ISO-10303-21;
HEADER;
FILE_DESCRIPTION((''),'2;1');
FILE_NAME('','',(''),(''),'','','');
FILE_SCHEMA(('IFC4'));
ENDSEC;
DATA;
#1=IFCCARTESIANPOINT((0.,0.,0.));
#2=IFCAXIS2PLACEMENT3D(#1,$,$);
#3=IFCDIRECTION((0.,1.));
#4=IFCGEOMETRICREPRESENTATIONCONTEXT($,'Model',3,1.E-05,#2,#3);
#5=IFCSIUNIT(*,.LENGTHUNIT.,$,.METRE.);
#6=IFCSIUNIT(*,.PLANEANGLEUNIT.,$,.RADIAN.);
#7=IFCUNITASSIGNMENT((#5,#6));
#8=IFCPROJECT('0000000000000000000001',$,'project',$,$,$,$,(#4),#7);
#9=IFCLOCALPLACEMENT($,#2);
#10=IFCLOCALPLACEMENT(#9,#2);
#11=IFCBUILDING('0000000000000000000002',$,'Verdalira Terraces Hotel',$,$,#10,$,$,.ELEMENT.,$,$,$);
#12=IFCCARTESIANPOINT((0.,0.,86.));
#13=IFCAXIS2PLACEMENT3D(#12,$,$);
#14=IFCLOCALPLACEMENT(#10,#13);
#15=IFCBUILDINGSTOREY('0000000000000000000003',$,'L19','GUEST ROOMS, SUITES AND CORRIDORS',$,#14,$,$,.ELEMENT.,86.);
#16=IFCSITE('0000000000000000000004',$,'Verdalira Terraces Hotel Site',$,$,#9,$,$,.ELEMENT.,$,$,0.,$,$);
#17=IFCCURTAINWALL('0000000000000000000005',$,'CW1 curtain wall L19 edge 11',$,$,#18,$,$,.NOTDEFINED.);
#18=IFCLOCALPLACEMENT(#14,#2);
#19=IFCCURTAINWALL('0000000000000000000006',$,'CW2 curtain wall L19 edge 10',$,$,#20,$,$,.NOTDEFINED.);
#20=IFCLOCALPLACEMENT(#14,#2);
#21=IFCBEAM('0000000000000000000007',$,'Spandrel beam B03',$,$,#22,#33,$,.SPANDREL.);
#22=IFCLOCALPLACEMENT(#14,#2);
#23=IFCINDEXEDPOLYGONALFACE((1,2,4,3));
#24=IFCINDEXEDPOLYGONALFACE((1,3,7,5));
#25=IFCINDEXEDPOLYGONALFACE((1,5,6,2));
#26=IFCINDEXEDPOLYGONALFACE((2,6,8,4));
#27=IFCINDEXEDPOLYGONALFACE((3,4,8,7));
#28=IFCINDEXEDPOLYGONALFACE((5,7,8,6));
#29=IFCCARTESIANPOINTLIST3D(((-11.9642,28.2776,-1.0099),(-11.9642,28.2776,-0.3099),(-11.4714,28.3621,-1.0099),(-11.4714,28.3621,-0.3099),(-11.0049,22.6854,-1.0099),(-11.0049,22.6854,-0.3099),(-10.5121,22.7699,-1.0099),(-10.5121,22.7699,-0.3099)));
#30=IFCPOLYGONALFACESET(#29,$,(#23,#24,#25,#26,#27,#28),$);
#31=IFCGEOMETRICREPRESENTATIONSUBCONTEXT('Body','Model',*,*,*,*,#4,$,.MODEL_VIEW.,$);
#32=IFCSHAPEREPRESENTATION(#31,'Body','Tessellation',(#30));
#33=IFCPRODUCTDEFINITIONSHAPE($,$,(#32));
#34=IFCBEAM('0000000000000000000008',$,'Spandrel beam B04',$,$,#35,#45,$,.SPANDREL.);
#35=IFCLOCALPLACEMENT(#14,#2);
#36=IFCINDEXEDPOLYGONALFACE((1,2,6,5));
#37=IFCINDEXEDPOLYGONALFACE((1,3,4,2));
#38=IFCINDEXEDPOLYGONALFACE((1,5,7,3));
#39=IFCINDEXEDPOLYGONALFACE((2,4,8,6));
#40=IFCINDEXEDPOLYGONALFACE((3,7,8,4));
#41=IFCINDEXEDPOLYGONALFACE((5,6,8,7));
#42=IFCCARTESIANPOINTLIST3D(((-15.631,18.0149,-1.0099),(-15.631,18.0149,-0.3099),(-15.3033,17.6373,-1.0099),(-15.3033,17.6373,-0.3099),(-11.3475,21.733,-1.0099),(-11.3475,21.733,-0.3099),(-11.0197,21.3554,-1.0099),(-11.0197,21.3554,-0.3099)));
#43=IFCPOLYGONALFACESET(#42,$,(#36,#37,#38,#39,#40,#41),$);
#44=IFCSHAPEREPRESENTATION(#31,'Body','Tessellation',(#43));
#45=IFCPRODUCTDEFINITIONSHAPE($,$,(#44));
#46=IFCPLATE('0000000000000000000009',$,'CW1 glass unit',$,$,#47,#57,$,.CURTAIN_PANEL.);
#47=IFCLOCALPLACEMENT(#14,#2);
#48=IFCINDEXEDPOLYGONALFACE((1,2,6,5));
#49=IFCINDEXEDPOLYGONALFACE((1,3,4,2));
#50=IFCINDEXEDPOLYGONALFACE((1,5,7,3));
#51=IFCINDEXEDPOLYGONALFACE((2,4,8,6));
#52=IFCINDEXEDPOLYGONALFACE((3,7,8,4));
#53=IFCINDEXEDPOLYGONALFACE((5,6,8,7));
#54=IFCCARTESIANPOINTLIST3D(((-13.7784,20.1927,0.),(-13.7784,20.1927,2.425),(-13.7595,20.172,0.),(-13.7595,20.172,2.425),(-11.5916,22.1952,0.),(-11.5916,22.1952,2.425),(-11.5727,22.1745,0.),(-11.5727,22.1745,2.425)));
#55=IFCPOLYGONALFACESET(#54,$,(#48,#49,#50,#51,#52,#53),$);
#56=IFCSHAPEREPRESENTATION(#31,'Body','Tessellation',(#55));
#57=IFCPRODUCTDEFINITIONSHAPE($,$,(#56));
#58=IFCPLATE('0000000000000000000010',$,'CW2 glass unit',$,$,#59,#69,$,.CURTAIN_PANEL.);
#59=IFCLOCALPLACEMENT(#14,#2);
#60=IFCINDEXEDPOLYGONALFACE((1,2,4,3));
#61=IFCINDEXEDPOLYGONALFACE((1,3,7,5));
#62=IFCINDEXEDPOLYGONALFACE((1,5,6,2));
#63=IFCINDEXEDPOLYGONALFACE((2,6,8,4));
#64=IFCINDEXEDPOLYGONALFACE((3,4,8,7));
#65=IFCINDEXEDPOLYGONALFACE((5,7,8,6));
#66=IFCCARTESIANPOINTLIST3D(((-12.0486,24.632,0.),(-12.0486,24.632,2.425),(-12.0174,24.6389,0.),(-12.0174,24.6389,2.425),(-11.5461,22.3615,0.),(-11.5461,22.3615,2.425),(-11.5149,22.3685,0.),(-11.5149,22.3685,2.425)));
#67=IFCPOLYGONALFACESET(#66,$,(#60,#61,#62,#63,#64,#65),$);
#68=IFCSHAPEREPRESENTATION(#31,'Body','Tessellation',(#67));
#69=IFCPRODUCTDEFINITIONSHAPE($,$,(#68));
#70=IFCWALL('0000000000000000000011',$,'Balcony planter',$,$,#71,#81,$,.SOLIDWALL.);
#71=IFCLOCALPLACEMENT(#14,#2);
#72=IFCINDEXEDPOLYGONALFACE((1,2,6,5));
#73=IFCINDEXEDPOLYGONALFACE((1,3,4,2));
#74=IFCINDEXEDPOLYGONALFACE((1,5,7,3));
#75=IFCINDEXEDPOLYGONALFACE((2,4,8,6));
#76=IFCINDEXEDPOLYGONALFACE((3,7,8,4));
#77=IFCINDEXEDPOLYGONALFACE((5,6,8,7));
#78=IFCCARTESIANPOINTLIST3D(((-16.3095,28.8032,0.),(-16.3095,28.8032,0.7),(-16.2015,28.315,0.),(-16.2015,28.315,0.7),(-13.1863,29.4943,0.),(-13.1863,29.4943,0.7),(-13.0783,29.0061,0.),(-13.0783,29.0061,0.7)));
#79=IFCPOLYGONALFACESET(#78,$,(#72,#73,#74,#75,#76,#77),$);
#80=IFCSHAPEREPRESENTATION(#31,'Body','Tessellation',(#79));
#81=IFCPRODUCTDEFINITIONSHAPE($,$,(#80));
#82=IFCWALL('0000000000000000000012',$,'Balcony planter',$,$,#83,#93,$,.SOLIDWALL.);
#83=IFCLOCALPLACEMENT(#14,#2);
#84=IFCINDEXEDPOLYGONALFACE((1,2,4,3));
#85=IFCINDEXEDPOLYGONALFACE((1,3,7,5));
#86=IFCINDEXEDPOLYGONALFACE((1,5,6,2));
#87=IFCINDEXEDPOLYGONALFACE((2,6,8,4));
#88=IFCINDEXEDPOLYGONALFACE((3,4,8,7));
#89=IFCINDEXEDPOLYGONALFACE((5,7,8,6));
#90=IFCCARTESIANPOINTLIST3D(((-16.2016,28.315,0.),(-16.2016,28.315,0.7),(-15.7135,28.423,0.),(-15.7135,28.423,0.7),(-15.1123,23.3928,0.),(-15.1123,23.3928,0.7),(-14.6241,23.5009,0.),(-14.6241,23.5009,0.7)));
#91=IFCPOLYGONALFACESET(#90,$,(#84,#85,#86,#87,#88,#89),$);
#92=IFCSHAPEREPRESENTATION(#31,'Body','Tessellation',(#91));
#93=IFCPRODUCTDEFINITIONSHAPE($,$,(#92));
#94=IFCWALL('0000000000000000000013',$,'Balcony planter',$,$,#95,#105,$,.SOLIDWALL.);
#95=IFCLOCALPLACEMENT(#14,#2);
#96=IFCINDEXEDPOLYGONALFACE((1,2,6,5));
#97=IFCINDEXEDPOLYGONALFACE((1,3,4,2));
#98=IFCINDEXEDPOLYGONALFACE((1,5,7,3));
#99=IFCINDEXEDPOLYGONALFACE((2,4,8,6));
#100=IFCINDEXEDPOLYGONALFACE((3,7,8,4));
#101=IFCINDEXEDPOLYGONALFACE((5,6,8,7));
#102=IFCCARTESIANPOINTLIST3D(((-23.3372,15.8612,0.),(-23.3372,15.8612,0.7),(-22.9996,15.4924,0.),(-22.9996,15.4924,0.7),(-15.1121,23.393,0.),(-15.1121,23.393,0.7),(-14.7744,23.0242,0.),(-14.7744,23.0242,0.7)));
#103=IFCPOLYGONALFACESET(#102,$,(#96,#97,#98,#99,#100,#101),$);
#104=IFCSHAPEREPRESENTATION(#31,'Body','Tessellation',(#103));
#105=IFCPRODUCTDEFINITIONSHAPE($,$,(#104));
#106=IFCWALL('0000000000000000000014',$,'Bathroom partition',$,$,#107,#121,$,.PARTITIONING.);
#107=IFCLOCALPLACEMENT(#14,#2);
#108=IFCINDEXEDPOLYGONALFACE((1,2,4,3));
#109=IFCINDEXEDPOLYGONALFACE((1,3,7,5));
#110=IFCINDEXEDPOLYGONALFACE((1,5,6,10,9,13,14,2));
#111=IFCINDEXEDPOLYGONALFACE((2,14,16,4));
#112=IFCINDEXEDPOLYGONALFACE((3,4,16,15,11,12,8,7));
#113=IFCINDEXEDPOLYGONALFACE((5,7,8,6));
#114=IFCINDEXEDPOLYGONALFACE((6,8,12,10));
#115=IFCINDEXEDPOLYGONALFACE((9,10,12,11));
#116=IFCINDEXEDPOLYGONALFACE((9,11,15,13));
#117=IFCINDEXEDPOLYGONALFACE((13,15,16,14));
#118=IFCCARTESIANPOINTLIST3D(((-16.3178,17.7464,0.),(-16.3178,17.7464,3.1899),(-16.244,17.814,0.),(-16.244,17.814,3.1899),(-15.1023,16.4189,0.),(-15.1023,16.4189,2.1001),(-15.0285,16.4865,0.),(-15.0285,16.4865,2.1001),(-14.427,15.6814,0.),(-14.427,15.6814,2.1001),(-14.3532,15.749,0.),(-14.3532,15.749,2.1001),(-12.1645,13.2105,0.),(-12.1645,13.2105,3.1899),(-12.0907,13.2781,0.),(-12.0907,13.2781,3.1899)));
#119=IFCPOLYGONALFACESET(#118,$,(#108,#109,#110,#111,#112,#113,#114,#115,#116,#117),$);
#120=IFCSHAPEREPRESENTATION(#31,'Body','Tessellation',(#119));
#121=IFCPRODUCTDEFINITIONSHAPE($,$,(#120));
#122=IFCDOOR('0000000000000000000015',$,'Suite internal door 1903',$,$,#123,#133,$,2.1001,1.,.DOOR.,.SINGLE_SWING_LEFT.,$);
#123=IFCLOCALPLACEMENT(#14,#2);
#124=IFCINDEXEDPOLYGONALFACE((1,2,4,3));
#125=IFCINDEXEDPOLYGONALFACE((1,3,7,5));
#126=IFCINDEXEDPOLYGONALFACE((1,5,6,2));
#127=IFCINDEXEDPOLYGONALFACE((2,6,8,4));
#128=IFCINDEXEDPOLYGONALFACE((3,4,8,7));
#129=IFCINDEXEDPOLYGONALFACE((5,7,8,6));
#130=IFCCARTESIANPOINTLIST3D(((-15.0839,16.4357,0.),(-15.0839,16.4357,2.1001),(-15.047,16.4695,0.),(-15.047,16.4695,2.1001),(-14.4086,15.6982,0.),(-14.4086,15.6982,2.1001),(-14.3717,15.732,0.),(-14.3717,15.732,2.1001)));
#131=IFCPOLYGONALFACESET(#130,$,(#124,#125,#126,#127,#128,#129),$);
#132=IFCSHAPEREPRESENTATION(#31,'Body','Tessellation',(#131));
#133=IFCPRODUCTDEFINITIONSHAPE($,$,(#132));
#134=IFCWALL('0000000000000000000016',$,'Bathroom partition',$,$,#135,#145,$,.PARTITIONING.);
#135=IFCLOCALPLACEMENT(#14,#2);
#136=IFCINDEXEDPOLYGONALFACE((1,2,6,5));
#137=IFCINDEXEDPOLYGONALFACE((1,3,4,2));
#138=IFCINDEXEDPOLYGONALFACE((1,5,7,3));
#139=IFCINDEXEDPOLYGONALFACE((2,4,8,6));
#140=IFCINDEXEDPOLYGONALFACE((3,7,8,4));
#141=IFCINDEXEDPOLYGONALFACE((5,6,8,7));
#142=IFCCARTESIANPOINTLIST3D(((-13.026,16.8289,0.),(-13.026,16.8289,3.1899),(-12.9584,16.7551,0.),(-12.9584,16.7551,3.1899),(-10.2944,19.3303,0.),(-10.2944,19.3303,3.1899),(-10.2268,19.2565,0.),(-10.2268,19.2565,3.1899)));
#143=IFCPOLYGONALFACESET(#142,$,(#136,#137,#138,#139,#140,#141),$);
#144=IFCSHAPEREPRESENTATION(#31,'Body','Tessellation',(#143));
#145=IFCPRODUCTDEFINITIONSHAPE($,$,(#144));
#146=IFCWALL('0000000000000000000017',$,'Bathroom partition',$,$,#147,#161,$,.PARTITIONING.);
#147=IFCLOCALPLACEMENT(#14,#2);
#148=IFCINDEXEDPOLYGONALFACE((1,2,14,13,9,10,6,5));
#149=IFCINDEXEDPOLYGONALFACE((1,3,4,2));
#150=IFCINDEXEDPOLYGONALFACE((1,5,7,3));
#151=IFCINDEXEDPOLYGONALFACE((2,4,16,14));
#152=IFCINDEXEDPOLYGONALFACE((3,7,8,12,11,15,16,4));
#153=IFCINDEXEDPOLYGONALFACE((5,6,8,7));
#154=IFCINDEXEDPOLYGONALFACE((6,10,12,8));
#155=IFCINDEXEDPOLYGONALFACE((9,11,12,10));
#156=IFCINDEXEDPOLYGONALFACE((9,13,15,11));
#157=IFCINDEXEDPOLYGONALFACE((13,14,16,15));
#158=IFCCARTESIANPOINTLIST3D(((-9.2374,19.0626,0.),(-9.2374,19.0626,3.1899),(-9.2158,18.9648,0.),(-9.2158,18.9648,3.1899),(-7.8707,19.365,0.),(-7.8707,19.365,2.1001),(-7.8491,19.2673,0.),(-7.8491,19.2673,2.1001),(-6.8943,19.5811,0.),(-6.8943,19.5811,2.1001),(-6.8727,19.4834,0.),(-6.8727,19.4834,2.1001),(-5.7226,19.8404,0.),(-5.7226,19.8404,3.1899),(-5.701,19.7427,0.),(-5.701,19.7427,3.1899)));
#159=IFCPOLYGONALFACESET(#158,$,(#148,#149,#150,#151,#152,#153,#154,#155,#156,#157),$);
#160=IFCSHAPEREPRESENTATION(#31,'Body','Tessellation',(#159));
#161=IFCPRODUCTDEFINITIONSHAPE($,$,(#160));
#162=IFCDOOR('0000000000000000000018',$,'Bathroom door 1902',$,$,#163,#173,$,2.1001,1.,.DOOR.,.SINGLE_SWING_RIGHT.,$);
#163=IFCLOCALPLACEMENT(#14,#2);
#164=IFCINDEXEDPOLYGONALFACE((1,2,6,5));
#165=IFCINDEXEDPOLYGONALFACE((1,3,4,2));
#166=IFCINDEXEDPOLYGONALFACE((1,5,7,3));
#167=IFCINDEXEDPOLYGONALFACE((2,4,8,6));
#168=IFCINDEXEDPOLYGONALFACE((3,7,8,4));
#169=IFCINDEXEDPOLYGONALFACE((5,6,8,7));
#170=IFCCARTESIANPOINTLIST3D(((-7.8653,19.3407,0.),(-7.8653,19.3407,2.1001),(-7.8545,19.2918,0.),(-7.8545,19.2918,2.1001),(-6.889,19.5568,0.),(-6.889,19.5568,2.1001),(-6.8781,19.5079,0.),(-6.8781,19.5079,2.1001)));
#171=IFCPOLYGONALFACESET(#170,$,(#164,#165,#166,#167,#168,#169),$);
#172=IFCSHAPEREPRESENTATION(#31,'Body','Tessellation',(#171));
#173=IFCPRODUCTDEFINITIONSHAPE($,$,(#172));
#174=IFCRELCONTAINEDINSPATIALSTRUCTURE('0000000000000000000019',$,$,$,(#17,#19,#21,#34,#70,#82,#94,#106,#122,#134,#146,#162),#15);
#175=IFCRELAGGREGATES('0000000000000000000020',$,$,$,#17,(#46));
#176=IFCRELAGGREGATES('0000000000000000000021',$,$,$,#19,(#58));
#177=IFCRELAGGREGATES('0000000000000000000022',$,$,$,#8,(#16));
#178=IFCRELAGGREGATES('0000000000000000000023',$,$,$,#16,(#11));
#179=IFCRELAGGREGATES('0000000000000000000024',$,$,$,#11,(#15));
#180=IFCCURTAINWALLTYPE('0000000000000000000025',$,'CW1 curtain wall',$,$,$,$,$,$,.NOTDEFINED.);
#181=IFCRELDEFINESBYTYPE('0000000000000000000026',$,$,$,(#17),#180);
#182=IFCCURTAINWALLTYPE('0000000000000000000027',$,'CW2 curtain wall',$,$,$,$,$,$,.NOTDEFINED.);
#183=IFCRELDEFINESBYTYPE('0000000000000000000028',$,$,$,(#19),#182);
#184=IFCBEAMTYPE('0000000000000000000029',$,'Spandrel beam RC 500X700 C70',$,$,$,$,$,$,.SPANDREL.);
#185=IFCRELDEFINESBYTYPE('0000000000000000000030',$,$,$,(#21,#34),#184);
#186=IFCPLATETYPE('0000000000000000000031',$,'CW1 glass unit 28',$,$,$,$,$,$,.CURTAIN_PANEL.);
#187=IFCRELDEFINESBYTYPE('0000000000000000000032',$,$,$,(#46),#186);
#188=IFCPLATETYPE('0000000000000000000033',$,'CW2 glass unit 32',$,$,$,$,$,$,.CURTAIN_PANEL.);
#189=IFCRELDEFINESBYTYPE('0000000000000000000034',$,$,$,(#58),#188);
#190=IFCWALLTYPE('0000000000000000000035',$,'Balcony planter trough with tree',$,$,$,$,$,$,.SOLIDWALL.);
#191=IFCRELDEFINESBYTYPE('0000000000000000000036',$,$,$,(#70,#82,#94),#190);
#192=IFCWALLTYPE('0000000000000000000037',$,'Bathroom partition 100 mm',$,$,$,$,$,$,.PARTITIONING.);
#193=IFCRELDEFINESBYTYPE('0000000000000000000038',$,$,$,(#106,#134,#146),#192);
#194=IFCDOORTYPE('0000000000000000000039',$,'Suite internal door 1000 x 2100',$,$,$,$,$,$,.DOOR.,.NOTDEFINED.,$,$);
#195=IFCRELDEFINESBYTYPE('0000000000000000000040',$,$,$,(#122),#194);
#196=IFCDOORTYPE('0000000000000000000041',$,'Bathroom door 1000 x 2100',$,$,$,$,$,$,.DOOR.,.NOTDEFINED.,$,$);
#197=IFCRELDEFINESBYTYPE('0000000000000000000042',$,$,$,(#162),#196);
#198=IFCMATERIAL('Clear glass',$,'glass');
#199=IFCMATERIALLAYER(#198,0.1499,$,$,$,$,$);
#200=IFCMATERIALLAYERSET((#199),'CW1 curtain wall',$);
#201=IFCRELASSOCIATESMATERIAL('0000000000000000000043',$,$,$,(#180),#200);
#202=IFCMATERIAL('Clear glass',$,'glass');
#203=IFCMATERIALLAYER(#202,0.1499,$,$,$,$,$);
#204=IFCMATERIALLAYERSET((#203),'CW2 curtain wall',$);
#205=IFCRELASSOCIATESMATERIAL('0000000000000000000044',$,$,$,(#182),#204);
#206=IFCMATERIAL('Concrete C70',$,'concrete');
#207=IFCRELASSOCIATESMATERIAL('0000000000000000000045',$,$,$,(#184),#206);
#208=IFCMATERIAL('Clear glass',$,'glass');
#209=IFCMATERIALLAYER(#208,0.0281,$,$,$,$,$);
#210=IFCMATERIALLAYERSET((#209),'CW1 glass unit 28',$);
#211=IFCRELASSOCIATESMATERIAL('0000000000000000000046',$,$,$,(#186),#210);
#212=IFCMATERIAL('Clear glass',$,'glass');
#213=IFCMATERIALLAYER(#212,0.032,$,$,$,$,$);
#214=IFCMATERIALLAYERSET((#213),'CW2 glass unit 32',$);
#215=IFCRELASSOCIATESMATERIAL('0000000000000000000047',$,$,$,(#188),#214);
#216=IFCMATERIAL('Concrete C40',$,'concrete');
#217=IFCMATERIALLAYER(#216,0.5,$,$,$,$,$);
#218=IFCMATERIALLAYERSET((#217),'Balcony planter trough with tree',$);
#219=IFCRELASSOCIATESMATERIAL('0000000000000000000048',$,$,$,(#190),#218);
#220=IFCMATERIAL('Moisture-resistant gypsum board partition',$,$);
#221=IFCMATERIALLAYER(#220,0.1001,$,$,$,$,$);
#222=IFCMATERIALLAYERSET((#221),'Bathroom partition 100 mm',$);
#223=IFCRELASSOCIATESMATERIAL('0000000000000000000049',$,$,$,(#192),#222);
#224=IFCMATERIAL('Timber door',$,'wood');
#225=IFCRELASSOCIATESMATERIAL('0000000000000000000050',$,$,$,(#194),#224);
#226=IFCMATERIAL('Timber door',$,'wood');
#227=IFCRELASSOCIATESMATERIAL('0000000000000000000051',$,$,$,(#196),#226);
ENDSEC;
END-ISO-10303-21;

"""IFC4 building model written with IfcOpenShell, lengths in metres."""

from ifc_helpers import new_model, si_unit, direction, frame, frame_2d, origin, origin_2d, place, context, subcontext, project, spatial, rectangle, extrude, material, layer, layer_set, material_profile, profile_set, type_object, element, fill, aggregate, save


model = new_model("IFC4")

# Units and contexts
model_context = context("Model", 3, precision=1e-05, world=origin(), true_north=direction((0.0, 1.0)))
body_context = subcontext(model_context, "Body", "Model", "MODEL_VIEW")
ifc_project = project(units=[si_unit("LENGTHUNIT", "METRE"), si_unit("PLANEANGLEUNIT", "RADIAN")], contexts=[model_context])

# Site, building, storey
site_placement = place(None, origin())
site = spatial("IfcSite", under=ifc_project, at=site_placement, Name="Verdalira Terraces Hotel Site", CompositionType="ELEMENT", RefElevation=0.0)
building_placement = place(site_placement, origin())
building = spatial("IfcBuilding", under=site, at=building_placement, Name="Verdalira Terraces Hotel", CompositionType="ELEMENT")
storey_placement = place(building_placement, frame((0.0, 0.0, 86.0)))
storey = spatial("IfcBuildingStorey", under=building, at=storey_placement, Name="L19", Description="GUEST ROOMS, SUITES AND CORRIDORS", CompositionType="ELEMENT", Elevation=86.0)

# Curtain walls
ifc_material_1 = material(Name="Clear glass", Category="glass")
ifc_layer_1 = layer(ifc_material_1, 0.1499)
ifc_layer_set_1 = layer_set([ifc_layer_1], Name="CW1 curtain wall")
curtain_wall_type_1 = type_object("IfcCurtainWallType", Name="CW1 curtain wall", PredefinedType="NOTDEFINED", material=ifc_layer_set_1)
curtain_wall_1_placement = place(storey_placement, origin())
curtain_wall_1 = element("IfcCurtainWall", 1, at=curtain_wall_1_placement, inside=storey, type_object=curtain_wall_type_1, Name="CW1 curtain wall L19 edge 11", PredefinedType="NOTDEFINED")
ifc_material_2 = material(Name="Clear glass", Category="glass")
ifc_layer_2 = layer(ifc_material_2, 0.1499)
ifc_layer_set_2 = layer_set([ifc_layer_2], Name="CW2 curtain wall")
curtain_wall_type_2 = type_object("IfcCurtainWallType", Name="CW2 curtain wall", PredefinedType="NOTDEFINED", material=ifc_layer_set_2)
curtain_wall_2_placement = place(storey_placement, origin())
curtain_wall_2 = element("IfcCurtainWall", 2, at=curtain_wall_2_placement, inside=storey, type_object=curtain_wall_type_2, Name="CW2 curtain wall L19 edge 10", PredefinedType="NOTDEFINED")

# Beams
ifc_material_3 = material(Name="Concrete C70", Category="concrete")
ifc_material_profile_1 = material_profile(ifc_material_3, rectangle(XDim=0.5, YDim=0.7, at=origin_2d()), Name="RC 500X700")
ifc_profile_set_1 = profile_set([ifc_material_profile_1], Name="Concrete C70")
beam_type_1 = type_object("IfcBeamType", Name="Spandrel beam RC 500X700 C70", PredefinedType="SPANDREL", material=ifc_profile_set_1)
beam_1_placement = place(storey_placement, frame((-11.7178, 28.3198, -0.6599), z_axis=(0.169065, -0.985605, 0.0), x_axis=(0.985605, 0.169065, 0.0)))
element("IfcBeam", 3, at=beam_1_placement, inside=storey, type_object=beam_type_1, Name="Spandrel beam B03", PredefinedType="SPANDREL", context=body_context, shape_type="SweptSolid", body=[
    extrude(rectangle(XDim=0.5, YDim=0.7, at=origin_2d()), origin(), (0.0, 0.0, 1.0), 5.6738),
])
beam_2_placement = place(storey_placement, frame((-11.1836, 21.5442, -0.6599), z_axis=(-0.755192, -0.655504, 0.0), x_axis=(0.655504, -0.755192, 0.0)))
element("IfcBeam", 4, at=beam_2_placement, inside=storey, type_object=beam_type_1, Name="Spandrel beam B04", PredefinedType="SPANDREL", context=body_context, shape_type="SweptSolid", body=[
    extrude(rectangle(XDim=0.5, YDim=0.7, at=origin_2d()), origin(), (0.0, 0.0, 1.0), 5.6721),
])

# Plates
ifc_material_4 = material(Name="Clear glass", Category="glass")
ifc_layer_3 = layer(ifc_material_4, 0.0281)
ifc_layer_set_3 = layer_set([ifc_layer_3], Name="CW1 glass unit 28")
plate_type_1 = type_object("IfcPlateType", Name="CW1 glass unit 28", PredefinedType="CURTAIN_PANEL", material=ifc_layer_set_3)
plate_1_placement = place(storey_placement, frame((-12.6755, 21.1836, 0.0), z_axis=(0.0, 0.0, 1.0), x_axis=(-0.737513, -0.675333, 0.0)))
plate_1 = element("IfcPlate", 5, at=plate_1_placement, type_object=plate_type_1, Name="CW1 glass unit", PredefinedType="CURTAIN_PANEL", context=body_context, shape_type="SweptSolid", body=[
    extrude(rectangle(XDim=2.9651, YDim=0.0281, at=origin_2d()), origin(), (0.0, 0.0, 1.0), 2.425),
])
aggregate(curtain_wall_1, [plate_1])
ifc_material_5 = material(Name="Clear glass", Category="glass")
ifc_layer_4 = layer(ifc_material_5, 0.032)
ifc_layer_set_4 = layer_set([ifc_layer_4], Name="CW2 glass unit 32")
plate_type_2 = type_object("IfcPlateType", Name="CW2 glass unit 32", PredefinedType="CURTAIN_PANEL", material=ifc_layer_set_4)
plate_2_placement = place(storey_placement, frame((-11.7817, 23.5002, 0.0), z_axis=(0.0, 0.0, 1.0), x_axis=(0.216099, -0.976371, 0.0)))
plate_2 = element("IfcPlate", 6, at=plate_2_placement, type_object=plate_type_2, Name="CW2 glass unit", PredefinedType="CURTAIN_PANEL", context=body_context, shape_type="SweptSolid", body=[
    extrude(rectangle(XDim=2.3254, YDim=0.032, at=origin_2d()), origin(), (0.0, 0.0, 1.0), 2.425),
])
aggregate(curtain_wall_2, [plate_2])

# Walls
ifc_material_6 = material(Name="Concrete C40", Category="concrete")
ifc_layer_5 = layer(ifc_material_6, 0.5)
ifc_layer_set_5 = layer_set([ifc_layer_5], Name="Balcony planter trough with tree")
wall_type_1 = type_object("IfcWallType", Name="Balcony planter trough with tree", PredefinedType="SOLIDWALL", material=ifc_layer_set_5)
wall_1_placement = place(storey_placement, frame((-13.1323, 29.2502, 0.0), z_axis=(0.0, 0.0, 1.0), x_axis=(-0.976379, -0.216066, 0.0)))
element("IfcWall", 7, at=wall_1_placement, inside=storey, type_object=wall_type_1, Name="Balcony planter", PredefinedType="SOLIDWALL", context=body_context, shape_type="SweptSolid", body=[
    extrude(rectangle(XDim=3.1987, YDim=0.5, at=frame_2d((1.5994, 0.0))), origin(), (0.0, 0.0, 1.0), 0.7),
])
wall_2_placement = place(storey_placement, frame((-15.9575, 28.3689, 0.0), z_axis=(0.0, 0.0, 1.0), x_axis=(0.216089, -0.976374, 0.0)))
element("IfcWall", 8, at=wall_2_placement, inside=storey, type_object=wall_type_1, Name="Balcony planter", PredefinedType="SOLIDWALL", context=body_context, shape_type="SweptSolid", body=[
    extrude(rectangle(XDim=5.0413, YDim=0.5, at=frame_2d((2.5205, 0.0))), origin(), (0.0, 0.0, 1.0), 0.7),
])
wall_3_placement = place(storey_placement, frame((-14.9434, 23.2085, 0.0), z_axis=(0.0, 0.0, 1.0), x_axis=(-0.737508, -0.675338, 0.0)))
element("IfcWall", 9, at=wall_3_placement, inside=storey, type_object=wall_type_1, Name="Balcony planter", PredefinedType="SOLIDWALL", context=body_context, shape_type="SweptSolid", body=[
    extrude(rectangle(XDim=11.1526, YDim=0.5, at=frame_2d((5.5762, 0.0))), origin(), (0.0, 0.0, 1.0), 0.7),
])

# Wall, opening, door
ifc_material_7 = material(Name="Moisture-resistant gypsum board partition")
ifc_layer_6 = layer(ifc_material_7, 0.1001)
ifc_layer_set_6 = layer_set([ifc_layer_6], Name="Bathroom partition 100 mm")
wall_type_2 = type_object("IfcWallType", Name="Bathroom partition 100 mm", PredefinedType="PARTITIONING", material=ifc_layer_set_6)
wall_4_placement = place(storey_placement, frame((-16.281, 17.7803, 0.0), z_axis=(0.0, 0.0, 1.0), x_axis=(0.67532, -0.737525, 0.0)))
wall_4 = element("IfcWall", 10, at=wall_4_placement, inside=storey, type_object=wall_type_2, Name="Bathroom partition", PredefinedType="PARTITIONING", context=body_context, shape_type="SweptSolid", body=[
    extrude(rectangle(XDim=6.1501, YDim=0.1001, at=frame_2d((3.0752, 0.0))), origin(), (0.0, 0.0, 1.0), 3.1899),
])
opening_1_placement = place(wall_4_placement, frame((1.8, 0.0, 0.0)))
opening_1 = element("IfcOpeningElement", 11, at=opening_1_placement, cuts=wall_4, PredefinedType="OPENING", context=body_context, shape_type="SweptSolid", body=[
    extrude(rectangle(XDim=1.0, YDim=2.1001, at=frame_2d((0.5, 1.05))), frame((0.0, 0.0601, 0.0), z_axis=(0.0, -1.0, 0.0), x_axis=(1.0, 0.0, 0.0)), (0.0, 0.0, 1.0), 0.1201),
])
ifc_material_8 = material(Name="Timber door", Category="wood")
door_type_1 = type_object("IfcDoorType", Name="Suite internal door 1000 x 2100", OperationType="NOTDEFINED", PredefinedType="DOOR", material=ifc_material_8)
door_1_placement = place(opening_1_placement, origin())
door_1 = element("IfcDoor", 12, at=door_1_placement, inside=storey, type_object=door_type_1, Name="Suite internal door 1903", OperationType="SINGLE_SWING_LEFT", OverallHeight=2.1001, OverallWidth=1.0, PredefinedType="DOOR", context=body_context, shape_type="SweptSolid", body=[
    extrude(rectangle(XDim=1.0, YDim=2.1001, at=frame_2d((0.5, 1.05))), frame((0.0, 0.0249, 0.0), z_axis=(0.0, -1.0, 0.0), x_axis=(1.0, 0.0, 0.0)), (0.0, 0.0, 1.0), 0.05),
])
fill(opening_1, door_1)

# Wall
wall_5_placement = place(storey_placement, frame((-10.2605, 19.2935, 0.0), z_axis=(0.0, 0.0, 1.0), x_axis=(-0.737502, -0.675345, 0.0)))
element("IfcWall", 13, at=wall_5_placement, inside=storey, type_object=wall_type_2, Name="Bathroom partition", PredefinedType="PARTITIONING", context=body_context, shape_type="SweptSolid", body=[
    extrude(rectangle(XDim=3.7039, YDim=0.1001, at=frame_2d((1.8521, 0.0))), origin(), (0.0, 0.0, 1.0), 3.1899),
])

# Wall, opening, door
wall_6_placement = place(storey_placement, frame((-5.7119, 19.7915, 0.0), z_axis=(0.0, 0.0, 1.0), x_axis=(-0.976378, -0.216069, 0.0)))
wall_6 = element("IfcWall", 14, at=wall_6_placement, inside=storey, type_object=wall_type_2, Name="Bathroom partition", PredefinedType="PARTITIONING", context=body_context, shape_type="SweptSolid", body=[
    extrude(rectangle(XDim=3.5999, YDim=0.1001, at=frame_2d((1.7998, 0.0))), origin(), (0.0, 0.0, 1.0), 3.1899),
])
opening_2_placement = place(wall_6_placement, frame((1.2, 0.0, 0.0)))
opening_2 = element("IfcOpeningElement", 15, at=opening_2_placement, cuts=wall_6, PredefinedType="OPENING", context=body_context, shape_type="SweptSolid", body=[
    extrude(rectangle(XDim=1.0, YDim=2.1001, at=frame_2d((0.5, 1.05))), frame((0.0, 0.0601, 0.0), z_axis=(0.0, -1.0, 0.0), x_axis=(1.0, 0.0, 0.0)), (0.0, 0.0, 1.0), 0.1201),
])
ifc_material_9 = material(Name="Timber door", Category="wood")
door_type_2 = type_object("IfcDoorType", Name="Bathroom door 1000 x 2100", OperationType="NOTDEFINED", PredefinedType="DOOR", material=ifc_material_9)
door_2_placement = place(opening_2_placement, origin())
door_2 = element("IfcDoor", 16, at=door_2_placement, inside=storey, type_object=door_type_2, Name="Bathroom door 1902", OperationType="SINGLE_SWING_RIGHT", OverallHeight=2.1001, OverallWidth=1.0, PredefinedType="DOOR", context=body_context, shape_type="SweptSolid", body=[
    extrude(rectangle(XDim=1.0, YDim=2.1001, at=frame_2d((0.5, 1.05))), frame((0.0, 0.0249, 0.0), z_axis=(0.0, -1.0, 0.0), x_axis=(1.0, 0.0, 0.0)), (0.0, 0.0, 1.0), 0.05),
])
fill(opening_2, door_2)

save(model, "model.ifc")
